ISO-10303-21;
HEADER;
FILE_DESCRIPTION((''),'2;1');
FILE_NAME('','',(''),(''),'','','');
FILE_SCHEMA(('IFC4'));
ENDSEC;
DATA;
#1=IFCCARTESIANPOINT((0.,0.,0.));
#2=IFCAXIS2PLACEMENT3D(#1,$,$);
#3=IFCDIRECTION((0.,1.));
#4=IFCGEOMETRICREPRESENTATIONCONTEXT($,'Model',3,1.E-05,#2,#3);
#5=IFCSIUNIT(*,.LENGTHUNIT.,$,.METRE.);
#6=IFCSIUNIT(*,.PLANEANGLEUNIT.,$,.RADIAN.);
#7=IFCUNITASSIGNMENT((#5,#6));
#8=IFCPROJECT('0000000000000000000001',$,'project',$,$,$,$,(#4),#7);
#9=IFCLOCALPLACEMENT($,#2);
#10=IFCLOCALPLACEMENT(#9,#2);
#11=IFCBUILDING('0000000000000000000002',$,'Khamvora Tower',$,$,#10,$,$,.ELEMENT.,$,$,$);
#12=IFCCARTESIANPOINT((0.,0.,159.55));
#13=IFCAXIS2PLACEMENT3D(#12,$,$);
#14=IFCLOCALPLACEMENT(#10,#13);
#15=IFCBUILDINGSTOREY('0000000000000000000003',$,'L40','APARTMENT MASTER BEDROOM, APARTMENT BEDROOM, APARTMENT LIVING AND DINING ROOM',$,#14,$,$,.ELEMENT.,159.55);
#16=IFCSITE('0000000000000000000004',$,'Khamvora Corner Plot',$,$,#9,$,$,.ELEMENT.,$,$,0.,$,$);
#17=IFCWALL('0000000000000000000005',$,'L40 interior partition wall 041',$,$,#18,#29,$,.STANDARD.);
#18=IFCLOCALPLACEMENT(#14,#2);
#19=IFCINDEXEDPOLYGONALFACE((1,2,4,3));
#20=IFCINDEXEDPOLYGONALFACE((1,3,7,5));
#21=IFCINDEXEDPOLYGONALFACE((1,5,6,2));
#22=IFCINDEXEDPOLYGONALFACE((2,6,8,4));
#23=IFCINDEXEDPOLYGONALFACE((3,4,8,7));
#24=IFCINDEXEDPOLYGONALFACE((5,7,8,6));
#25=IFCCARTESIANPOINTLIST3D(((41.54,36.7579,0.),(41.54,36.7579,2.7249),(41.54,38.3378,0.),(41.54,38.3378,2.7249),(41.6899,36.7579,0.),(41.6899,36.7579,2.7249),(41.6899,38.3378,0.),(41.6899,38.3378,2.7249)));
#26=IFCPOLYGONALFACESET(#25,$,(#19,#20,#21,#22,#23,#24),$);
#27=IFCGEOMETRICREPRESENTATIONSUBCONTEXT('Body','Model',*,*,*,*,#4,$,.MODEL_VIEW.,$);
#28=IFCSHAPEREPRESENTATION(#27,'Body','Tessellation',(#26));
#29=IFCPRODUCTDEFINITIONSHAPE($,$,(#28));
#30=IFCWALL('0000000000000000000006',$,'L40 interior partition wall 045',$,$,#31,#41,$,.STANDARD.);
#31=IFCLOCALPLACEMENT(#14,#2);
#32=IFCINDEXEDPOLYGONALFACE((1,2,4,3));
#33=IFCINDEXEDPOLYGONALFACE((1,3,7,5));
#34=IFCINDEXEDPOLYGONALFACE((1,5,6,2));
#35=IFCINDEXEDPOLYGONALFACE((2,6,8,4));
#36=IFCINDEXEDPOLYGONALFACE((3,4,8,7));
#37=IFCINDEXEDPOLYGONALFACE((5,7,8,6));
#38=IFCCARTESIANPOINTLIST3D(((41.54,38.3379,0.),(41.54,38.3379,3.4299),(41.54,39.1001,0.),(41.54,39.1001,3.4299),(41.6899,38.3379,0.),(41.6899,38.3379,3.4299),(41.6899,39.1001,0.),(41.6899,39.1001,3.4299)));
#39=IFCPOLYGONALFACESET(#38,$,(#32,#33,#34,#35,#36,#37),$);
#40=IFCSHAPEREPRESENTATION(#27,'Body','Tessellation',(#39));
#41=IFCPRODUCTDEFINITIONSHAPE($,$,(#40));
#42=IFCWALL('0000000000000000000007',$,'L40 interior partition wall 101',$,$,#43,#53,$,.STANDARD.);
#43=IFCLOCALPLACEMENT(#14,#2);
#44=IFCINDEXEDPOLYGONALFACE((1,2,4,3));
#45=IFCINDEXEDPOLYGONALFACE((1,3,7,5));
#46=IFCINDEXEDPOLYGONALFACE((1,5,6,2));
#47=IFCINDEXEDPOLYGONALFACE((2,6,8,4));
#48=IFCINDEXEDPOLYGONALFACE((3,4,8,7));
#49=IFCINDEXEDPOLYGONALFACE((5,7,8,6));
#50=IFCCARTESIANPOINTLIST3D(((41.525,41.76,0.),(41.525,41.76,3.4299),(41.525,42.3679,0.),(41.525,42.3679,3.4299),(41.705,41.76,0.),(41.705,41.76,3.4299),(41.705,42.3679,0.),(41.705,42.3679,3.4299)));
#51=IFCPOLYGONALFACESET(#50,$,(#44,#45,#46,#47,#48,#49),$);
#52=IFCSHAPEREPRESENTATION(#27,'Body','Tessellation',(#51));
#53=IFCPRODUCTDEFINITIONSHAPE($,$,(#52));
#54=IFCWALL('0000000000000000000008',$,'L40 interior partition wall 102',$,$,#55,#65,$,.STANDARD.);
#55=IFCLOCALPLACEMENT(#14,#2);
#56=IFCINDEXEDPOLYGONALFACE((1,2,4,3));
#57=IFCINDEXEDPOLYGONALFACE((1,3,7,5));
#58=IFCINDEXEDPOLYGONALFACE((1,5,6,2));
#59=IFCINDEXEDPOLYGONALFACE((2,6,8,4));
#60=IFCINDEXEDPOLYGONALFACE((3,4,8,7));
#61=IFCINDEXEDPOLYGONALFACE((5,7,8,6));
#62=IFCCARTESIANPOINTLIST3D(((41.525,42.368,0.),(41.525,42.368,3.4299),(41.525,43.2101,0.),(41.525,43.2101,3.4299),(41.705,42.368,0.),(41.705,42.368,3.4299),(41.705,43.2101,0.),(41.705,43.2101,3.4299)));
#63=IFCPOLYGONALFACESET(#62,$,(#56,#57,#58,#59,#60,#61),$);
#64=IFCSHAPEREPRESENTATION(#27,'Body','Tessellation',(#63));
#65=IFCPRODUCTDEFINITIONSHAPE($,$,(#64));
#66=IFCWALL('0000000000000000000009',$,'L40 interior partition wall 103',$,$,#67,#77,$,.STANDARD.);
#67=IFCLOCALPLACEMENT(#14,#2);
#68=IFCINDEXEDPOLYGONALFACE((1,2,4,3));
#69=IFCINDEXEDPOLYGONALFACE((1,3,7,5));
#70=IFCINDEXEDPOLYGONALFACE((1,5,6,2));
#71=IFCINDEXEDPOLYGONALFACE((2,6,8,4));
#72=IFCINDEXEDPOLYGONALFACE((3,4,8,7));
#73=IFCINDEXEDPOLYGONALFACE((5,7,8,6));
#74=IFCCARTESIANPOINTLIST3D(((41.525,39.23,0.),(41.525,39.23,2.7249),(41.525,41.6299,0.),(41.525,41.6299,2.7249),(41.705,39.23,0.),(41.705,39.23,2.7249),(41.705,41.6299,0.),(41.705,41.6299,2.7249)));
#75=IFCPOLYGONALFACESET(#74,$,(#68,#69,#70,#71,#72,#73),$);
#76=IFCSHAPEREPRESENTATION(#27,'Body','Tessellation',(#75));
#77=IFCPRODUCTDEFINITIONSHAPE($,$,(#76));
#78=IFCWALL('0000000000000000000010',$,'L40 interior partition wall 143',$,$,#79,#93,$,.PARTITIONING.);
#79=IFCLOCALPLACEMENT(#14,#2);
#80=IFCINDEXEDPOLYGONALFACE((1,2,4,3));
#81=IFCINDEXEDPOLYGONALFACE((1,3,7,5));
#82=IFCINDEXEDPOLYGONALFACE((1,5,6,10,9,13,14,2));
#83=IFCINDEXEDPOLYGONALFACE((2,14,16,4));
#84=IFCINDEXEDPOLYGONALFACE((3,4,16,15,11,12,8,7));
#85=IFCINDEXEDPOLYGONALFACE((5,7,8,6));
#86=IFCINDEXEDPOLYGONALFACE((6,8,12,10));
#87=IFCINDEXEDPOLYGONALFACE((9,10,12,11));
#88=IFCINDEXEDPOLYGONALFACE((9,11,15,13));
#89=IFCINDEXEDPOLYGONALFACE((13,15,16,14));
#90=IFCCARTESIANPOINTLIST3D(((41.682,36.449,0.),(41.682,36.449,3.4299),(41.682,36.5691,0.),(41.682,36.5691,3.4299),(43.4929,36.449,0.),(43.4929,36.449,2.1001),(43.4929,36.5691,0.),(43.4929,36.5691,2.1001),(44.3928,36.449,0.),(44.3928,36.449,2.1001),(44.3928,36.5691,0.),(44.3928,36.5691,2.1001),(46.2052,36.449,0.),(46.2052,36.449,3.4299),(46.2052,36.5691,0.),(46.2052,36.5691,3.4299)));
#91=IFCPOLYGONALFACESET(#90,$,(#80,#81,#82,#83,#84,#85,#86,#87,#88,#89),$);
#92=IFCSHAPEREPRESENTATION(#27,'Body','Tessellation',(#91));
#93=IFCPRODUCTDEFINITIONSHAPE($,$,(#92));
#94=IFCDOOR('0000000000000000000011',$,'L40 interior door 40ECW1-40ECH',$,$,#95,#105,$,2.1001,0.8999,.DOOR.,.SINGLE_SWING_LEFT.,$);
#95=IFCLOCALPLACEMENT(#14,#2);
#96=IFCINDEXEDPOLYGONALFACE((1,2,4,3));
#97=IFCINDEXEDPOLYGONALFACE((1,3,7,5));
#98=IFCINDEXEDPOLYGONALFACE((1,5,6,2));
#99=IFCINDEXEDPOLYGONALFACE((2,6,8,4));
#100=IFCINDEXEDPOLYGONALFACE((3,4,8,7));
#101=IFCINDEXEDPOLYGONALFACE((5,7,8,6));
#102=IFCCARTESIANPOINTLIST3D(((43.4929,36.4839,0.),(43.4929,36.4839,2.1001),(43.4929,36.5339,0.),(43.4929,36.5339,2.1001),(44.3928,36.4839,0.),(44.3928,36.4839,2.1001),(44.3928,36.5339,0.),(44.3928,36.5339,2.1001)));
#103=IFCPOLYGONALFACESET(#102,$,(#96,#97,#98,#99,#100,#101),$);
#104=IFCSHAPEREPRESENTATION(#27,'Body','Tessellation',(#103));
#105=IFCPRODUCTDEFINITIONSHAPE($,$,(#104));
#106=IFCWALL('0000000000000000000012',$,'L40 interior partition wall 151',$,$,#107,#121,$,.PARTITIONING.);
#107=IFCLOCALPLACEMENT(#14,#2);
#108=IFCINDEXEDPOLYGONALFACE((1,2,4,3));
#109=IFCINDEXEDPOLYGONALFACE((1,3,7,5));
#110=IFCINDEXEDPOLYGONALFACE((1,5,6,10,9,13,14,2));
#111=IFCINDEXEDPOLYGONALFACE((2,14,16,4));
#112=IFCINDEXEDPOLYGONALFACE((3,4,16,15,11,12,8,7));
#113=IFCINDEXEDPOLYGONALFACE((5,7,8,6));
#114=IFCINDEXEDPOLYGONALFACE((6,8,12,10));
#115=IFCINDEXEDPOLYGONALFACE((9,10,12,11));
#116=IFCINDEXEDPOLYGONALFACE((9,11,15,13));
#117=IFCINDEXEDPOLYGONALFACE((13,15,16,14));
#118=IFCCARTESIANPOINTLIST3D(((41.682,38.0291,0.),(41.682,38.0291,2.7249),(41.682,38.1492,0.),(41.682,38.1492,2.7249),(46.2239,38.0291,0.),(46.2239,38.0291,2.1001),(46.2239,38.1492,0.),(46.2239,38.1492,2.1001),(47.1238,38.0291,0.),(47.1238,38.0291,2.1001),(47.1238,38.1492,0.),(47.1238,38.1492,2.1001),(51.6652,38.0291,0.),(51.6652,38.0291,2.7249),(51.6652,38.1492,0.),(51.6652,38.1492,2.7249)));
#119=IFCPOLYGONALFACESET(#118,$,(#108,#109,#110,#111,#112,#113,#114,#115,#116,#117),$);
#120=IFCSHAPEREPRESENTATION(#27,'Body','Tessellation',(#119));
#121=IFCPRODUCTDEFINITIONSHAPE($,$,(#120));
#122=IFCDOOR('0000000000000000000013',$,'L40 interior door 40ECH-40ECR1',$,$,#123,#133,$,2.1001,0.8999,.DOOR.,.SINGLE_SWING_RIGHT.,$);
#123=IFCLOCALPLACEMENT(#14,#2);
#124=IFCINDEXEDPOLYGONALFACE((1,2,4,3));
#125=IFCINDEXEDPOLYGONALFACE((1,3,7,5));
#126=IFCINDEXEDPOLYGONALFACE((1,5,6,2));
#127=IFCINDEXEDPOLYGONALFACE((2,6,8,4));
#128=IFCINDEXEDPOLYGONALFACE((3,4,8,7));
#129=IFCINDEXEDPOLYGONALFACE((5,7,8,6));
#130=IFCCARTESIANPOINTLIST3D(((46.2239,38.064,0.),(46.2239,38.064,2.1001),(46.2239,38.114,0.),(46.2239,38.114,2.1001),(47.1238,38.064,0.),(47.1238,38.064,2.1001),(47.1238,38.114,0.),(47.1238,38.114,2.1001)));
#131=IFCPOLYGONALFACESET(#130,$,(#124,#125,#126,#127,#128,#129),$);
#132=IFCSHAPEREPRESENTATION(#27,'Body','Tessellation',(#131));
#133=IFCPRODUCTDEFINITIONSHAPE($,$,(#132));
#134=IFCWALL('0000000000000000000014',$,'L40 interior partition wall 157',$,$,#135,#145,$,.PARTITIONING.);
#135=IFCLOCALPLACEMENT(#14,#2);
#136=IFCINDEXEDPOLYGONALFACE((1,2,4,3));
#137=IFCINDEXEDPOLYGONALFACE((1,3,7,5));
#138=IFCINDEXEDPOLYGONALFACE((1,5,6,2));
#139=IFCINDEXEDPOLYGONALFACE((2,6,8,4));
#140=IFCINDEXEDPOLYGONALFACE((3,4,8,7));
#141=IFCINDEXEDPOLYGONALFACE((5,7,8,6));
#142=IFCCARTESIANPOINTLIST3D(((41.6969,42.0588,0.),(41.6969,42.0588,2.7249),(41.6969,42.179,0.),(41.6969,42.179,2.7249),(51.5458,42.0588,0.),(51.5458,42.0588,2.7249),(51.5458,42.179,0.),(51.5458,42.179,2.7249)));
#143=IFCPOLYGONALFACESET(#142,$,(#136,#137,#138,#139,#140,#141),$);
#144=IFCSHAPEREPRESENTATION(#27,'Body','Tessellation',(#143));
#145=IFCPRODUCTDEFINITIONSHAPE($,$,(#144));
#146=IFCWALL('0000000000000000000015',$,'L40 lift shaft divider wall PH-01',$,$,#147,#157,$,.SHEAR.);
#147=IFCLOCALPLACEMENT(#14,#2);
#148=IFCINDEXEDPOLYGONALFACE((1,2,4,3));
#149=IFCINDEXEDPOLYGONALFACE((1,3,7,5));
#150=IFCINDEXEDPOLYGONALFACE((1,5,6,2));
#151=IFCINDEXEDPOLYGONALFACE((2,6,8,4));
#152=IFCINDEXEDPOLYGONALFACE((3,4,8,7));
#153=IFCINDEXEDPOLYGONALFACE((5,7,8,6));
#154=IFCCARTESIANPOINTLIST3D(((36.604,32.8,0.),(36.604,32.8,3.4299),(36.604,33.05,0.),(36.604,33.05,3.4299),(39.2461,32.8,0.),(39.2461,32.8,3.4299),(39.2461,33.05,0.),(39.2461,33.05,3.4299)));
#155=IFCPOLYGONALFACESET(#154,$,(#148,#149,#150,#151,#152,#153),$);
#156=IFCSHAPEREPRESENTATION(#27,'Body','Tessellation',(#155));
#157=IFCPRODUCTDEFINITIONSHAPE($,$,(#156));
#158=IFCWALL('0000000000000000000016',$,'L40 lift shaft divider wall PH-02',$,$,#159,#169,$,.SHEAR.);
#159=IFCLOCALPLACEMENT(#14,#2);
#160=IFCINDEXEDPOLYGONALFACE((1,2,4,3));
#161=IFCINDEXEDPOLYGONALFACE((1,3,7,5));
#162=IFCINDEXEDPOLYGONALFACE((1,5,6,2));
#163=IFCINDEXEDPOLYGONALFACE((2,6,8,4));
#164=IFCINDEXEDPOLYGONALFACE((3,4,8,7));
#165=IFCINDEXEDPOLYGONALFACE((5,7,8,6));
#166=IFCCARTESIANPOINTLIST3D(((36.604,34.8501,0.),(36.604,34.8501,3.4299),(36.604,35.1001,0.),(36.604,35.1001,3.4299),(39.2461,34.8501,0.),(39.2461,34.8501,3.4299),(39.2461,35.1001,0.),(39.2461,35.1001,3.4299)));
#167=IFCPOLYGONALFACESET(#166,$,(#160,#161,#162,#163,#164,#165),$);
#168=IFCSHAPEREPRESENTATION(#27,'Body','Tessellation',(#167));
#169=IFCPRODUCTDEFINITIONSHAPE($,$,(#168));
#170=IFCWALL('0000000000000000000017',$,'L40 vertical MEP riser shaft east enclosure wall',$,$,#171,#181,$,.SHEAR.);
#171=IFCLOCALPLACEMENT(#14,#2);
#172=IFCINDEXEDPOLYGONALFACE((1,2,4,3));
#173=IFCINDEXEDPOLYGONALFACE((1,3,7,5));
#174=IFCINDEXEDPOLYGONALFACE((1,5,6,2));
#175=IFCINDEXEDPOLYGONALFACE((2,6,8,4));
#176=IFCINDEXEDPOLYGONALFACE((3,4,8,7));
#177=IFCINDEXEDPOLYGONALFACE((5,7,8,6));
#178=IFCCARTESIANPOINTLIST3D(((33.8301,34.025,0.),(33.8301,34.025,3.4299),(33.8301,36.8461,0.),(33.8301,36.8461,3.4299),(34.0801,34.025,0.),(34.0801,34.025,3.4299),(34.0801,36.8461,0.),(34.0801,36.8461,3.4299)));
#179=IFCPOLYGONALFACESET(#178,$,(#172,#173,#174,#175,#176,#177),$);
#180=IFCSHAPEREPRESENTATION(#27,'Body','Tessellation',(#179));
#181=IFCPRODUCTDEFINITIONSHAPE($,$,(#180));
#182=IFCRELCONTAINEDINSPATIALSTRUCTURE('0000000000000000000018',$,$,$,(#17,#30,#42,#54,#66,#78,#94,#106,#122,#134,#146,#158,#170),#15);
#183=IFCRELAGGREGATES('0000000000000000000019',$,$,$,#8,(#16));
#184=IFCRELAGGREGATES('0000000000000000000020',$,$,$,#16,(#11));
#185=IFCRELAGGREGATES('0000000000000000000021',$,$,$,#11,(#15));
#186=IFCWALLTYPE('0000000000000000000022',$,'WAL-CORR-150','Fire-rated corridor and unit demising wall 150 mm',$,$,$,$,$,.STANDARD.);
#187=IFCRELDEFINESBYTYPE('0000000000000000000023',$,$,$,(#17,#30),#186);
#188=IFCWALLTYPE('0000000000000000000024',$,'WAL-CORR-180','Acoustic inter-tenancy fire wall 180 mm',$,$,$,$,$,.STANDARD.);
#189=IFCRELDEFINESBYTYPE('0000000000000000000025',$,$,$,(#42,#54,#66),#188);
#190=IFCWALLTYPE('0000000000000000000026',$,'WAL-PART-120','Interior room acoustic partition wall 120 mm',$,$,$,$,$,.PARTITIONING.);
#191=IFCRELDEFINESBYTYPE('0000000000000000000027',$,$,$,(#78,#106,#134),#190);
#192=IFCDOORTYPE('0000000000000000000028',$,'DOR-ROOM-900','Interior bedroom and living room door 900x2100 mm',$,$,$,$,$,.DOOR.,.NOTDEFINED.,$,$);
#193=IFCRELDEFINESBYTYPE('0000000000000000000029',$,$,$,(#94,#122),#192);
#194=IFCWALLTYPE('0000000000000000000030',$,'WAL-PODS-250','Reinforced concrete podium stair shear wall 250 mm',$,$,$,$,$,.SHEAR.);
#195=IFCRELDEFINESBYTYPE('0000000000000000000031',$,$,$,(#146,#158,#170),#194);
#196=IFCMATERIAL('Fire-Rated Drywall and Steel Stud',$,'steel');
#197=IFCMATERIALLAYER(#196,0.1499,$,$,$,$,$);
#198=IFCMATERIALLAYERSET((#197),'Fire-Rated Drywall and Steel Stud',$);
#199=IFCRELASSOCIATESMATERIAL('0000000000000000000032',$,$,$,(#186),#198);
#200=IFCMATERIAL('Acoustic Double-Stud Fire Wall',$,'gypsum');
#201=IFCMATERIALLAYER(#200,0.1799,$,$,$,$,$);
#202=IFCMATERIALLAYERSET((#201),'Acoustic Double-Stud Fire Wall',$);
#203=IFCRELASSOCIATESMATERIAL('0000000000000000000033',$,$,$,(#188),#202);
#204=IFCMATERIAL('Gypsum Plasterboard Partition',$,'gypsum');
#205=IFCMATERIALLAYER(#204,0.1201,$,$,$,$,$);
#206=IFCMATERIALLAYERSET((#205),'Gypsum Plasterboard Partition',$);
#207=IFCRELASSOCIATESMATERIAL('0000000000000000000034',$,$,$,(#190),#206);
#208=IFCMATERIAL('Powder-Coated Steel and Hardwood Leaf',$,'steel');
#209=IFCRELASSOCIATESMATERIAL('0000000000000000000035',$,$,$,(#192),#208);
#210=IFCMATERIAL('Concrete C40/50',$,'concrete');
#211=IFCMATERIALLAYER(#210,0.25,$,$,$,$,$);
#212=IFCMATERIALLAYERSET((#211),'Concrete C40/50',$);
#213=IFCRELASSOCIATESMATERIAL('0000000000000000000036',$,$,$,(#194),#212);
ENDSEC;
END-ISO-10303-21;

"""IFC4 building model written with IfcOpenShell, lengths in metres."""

from ifc_helpers import new_model, si_unit, direction, frame, frame_2d, origin, place, context, subcontext, project, spatial, rectangle, extrude, material, layer, layer_set, type_object, element, fill, save


model = new_model("IFC4")

# Units and contexts
model_context = context("Model", 3, precision=1e-05, world=origin(), true_north=direction((0.0, 1.0)))
body_context = subcontext(model_context, "Body", "Model", "MODEL_VIEW")
ifc_project = project(units=[si_unit("LENGTHUNIT", "METRE"), si_unit("PLANEANGLEUNIT", "RADIAN")], contexts=[model_context])

# Site, building, storey
site_placement = place(None, origin())
site = spatial("IfcSite", under=ifc_project, at=site_placement, Name="Khamvora Corner Plot", CompositionType="ELEMENT", RefElevation=0.0)
building_placement = place(site_placement, origin())
building = spatial("IfcBuilding", under=site, at=building_placement, Name="Khamvora Tower", CompositionType="ELEMENT")
storey_placement = place(building_placement, frame((0.0, 0.0, 159.55)))
storey = spatial("IfcBuildingStorey", under=building, at=storey_placement, Name="L40", Description="APARTMENT MASTER BEDROOM, APARTMENT BEDROOM, APARTMENT LIVING AND DINING ROOM", CompositionType="ELEMENT", Elevation=159.55)

# Walls
ifc_material_1 = material(Name="Fire-Rated Drywall and Steel Stud", Category="steel")
ifc_layer_1 = layer(ifc_material_1, 0.1499)
ifc_layer_set_1 = layer_set([ifc_layer_1], Name="Fire-Rated Drywall and Steel Stud")
wall_type_1 = type_object("IfcWallType", Name="WAL-CORR-150", Description="Fire-rated corridor and unit demising wall 150 mm", PredefinedType="STANDARD", material=ifc_layer_set_1)
wall_1_placement = place(storey_placement, frame((41.615, 38.3379, 0.0), z_axis=(0.0, 0.0, 1.0), x_axis=(0.0, -1.0, 0.0)))
element("IfcWall", 1, at=wall_1_placement, inside=storey, type_object=wall_type_1, Name="L40 interior partition wall 041", PredefinedType="STANDARD", context=body_context, shape_type="SweptSolid", body=[
    extrude(rectangle(XDim=1.5798, YDim=0.1499, at=frame_2d((0.79, 0.0))), origin(), (0.0, 0.0, 1.0), 2.7249),
])
wall_2_placement = place(storey_placement, frame((41.615, 39.1001, 0.0), z_axis=(0.0, 0.0, 1.0), x_axis=(0.0, -1.0, 0.0)))
element("IfcWall", 2, at=wall_2_placement, inside=storey, type_object=wall_type_1, Name="L40 interior partition wall 045", PredefinedType="STANDARD", context=body_context, shape_type="SweptSolid", body=[
    extrude(rectangle(XDim=0.7622, YDim=0.1499, at=frame_2d((0.3811, 0.0))), origin(), (0.0, 0.0, 1.0), 3.4299),
])
ifc_material_2 = material(Name="Acoustic Double-Stud Fire Wall", Category="gypsum")
ifc_layer_2 = layer(ifc_material_2, 0.1799)
ifc_layer_set_2 = layer_set([ifc_layer_2], Name="Acoustic Double-Stud Fire Wall")
wall_type_2 = type_object("IfcWallType", Name="WAL-CORR-180", Description="Acoustic inter-tenancy fire wall 180 mm", PredefinedType="STANDARD", material=ifc_layer_set_2)
wall_3_placement = place(storey_placement, frame((41.615, 42.3679, 0.0), z_axis=(0.0, 0.0, 1.0), x_axis=(0.0, -1.0, 0.0)))
element("IfcWall", 3, at=wall_3_placement, inside=storey, type_object=wall_type_2, Name="L40 interior partition wall 101", PredefinedType="STANDARD", context=body_context, shape_type="SweptSolid", body=[
    extrude(rectangle(XDim=0.6079, YDim=0.1799, at=frame_2d((0.304, 0.0))), origin(), (0.0, 0.0, 1.0), 3.4299),
])
wall_4_placement = place(storey_placement, frame((41.615, 43.21, 0.0), z_axis=(0.0, 0.0, 1.0), x_axis=(0.0, -1.0, 0.0)))
element("IfcWall", 4, at=wall_4_placement, inside=storey, type_object=wall_type_2, Name="L40 interior partition wall 102", PredefinedType="STANDARD", context=body_context, shape_type="SweptSolid", body=[
    extrude(rectangle(XDim=0.842, YDim=0.1799, at=frame_2d((0.4209, 0.0))), origin(), (0.0, 0.0, 1.0), 3.4299),
])
wall_5_placement = place(storey_placement, frame((41.615, 41.6299, 0.0), z_axis=(0.0, 0.0, 1.0), x_axis=(0.0, -1.0, 0.0)))
element("IfcWall", 5, at=wall_5_placement, inside=storey, type_object=wall_type_2, Name="L40 interior partition wall 103", PredefinedType="STANDARD", context=body_context, shape_type="SweptSolid", body=[
    extrude(rectangle(XDim=2.3999, YDim=0.1799, at=frame_2d((1.2, 0.0))), origin(), (0.0, 0.0, 1.0), 2.7249),
])

# Walls, openings, doors
ifc_material_3 = material(Name="Gypsum Plasterboard Partition", Category="gypsum")
ifc_layer_3 = layer(ifc_material_3, 0.1201)
ifc_layer_set_3 = layer_set([ifc_layer_3], Name="Gypsum Plasterboard Partition")
wall_type_3 = type_object("IfcWallType", Name="WAL-PART-120", Description="Interior room acoustic partition wall 120 mm", PredefinedType="PARTITIONING", material=ifc_layer_set_3)
wall_6_placement = place(storey_placement, frame((41.6819, 36.509, 0.0), z_axis=(0.0, 0.0, 1.0), x_axis=(1.0, 0.0, 0.0)))
wall_6 = element("IfcWall", 6, at=wall_6_placement, inside=storey, type_object=wall_type_3, Name="L40 interior partition wall 143", PredefinedType="PARTITIONING", context=body_context, shape_type="SweptSolid", body=[
    extrude(rectangle(XDim=4.5232, YDim=0.1201, at=frame_2d((2.2617, 0.0))), origin(), (0.0, 0.0, 1.0), 3.4299),
])
opening_1_placement = place(wall_6_placement, frame((1.811, 0.0, 0.0)))
opening_1 = element("IfcOpeningElement", 7, at=opening_1_placement, cuts=wall_6, PredefinedType="OPENING", context=body_context, shape_type="SweptSolid", body=[
    extrude(rectangle(XDim=0.8999, YDim=2.1001, at=frame_2d((0.45, 1.05))), frame((0.0, 0.0701, 0.0), z_axis=(0.0, -1.0, 0.0), x_axis=(1.0, 0.0, 0.0)), (0.0, 0.0, 1.0), 0.1401),
])
ifc_material_4 = material(Name="Powder-Coated Steel and Hardwood Leaf", Category="steel")
door_type_1 = type_object("IfcDoorType", Name="DOR-ROOM-900", Description="Interior bedroom and living room door 900x2100 mm", OperationType="NOTDEFINED", PredefinedType="DOOR", material=ifc_material_4)
door_1_placement = place(opening_1_placement, origin())
door_1 = element("IfcDoor", 8, at=door_1_placement, inside=storey, type_object=door_type_1, Name="L40 interior door 40ECW1-40ECH", OperationType="SINGLE_SWING_LEFT", OverallHeight=2.1001, OverallWidth=0.8999, PredefinedType="DOOR", context=body_context, shape_type="SweptSolid", body=[
    extrude(rectangle(XDim=0.8999, YDim=2.1001, at=frame_2d((0.45, 1.05))), frame((0.0, 0.0249, 0.0), z_axis=(0.0, -1.0, 0.0), x_axis=(1.0, 0.0, 0.0)), (0.0, 0.0, 1.0), 0.05),
])
fill(opening_1, door_1)
wall_7_placement = place(storey_placement, frame((41.6819, 38.0891, 0.0), z_axis=(0.0, 0.0, 1.0), x_axis=(1.0, 0.0, 0.0)))
wall_7 = element("IfcWall", 9, at=wall_7_placement, inside=storey, type_object=wall_type_3, Name="L40 interior partition wall 151", PredefinedType="PARTITIONING", context=body_context, shape_type="SweptSolid", body=[
    extrude(rectangle(XDim=9.9832, YDim=0.1201, at=frame_2d((4.9917, 0.0))), origin(), (0.0, 0.0, 1.0), 2.7249),
])
opening_2_placement = place(wall_7_placement, frame((4.542, 0.0, 0.0)))
opening_2 = element("IfcOpeningElement", 10, at=opening_2_placement, cuts=wall_7, PredefinedType="OPENING", context=body_context, shape_type="SweptSolid", body=[
    extrude(rectangle(XDim=0.8999, YDim=2.1001, at=frame_2d((0.45, 1.05))), frame((0.0, 0.0701, 0.0), z_axis=(0.0, -1.0, 0.0), x_axis=(1.0, 0.0, 0.0)), (0.0, 0.0, 1.0), 0.1401),
])
door_2_placement = place(opening_2_placement, origin())
door_2 = element("IfcDoor", 11, at=door_2_placement, inside=storey, type_object=door_type_1, Name="L40 interior door 40ECH-40ECR1", OperationType="SINGLE_SWING_RIGHT", OverallHeight=2.1001, OverallWidth=0.8999, PredefinedType="DOOR", context=body_context, shape_type="SweptSolid", body=[
    extrude(rectangle(XDim=0.8999, YDim=2.1001, at=frame_2d((0.45, 1.05))), frame((0.0, 0.0249, 0.0), z_axis=(0.0, -1.0, 0.0), x_axis=(1.0, 0.0, 0.0)), (0.0, 0.0, 1.0), 0.05),
])
fill(opening_2, door_2)

# Walls
wall_8_placement = place(storey_placement, frame((41.697, 42.1189, 0.0), z_axis=(0.0, 0.0, 1.0), x_axis=(1.0, 0.0, 0.0)))
element("IfcWall", 12, at=wall_8_placement, inside=storey, type_object=wall_type_3, Name="L40 interior partition wall 157", PredefinedType="PARTITIONING", context=body_context, shape_type="SweptSolid", body=[
    extrude(rectangle(XDim=9.8489, YDim=0.1201, at=frame_2d((4.9243, 0.0))), origin(), (0.0, 0.0, 1.0), 2.7249),
])
ifc_material_5 = material(Name="Concrete C40/50", Category="concrete")
ifc_layer_4 = layer(ifc_material_5, 0.25)
ifc_layer_set_4 = layer_set([ifc_layer_4], Name="Concrete C40/50")
wall_type_4 = type_object("IfcWallType", Name="WAL-PODS-250", Description="Reinforced concrete podium stair shear wall 250 mm", PredefinedType="SHEAR", material=ifc_layer_set_4)
for number, where, z_axis, x_axis, name in (
    (13, (36.604, 32.925, 0.0), (0.0, 0.0, 1.0), (1.0, 0.0, 0.0), "L40 lift shaft divider wall PH-01"),
    (14, (36.604, 34.9751, 0.0), (0.0, 0.0, 1.0), (1.0, 0.0, 0.0), "L40 lift shaft divider wall PH-02"),
):
    element("IfcWall", number, at=place(storey_placement, frame(where, z_axis=z_axis, x_axis=x_axis)), inside=storey, type_object=wall_type_4, Name=name, PredefinedType="SHEAR", context=body_context, shape_type="SweptSolid", body=[
        extrude(rectangle(XDim=2.6421, YDim=0.25, at=frame_2d((1.321, 0.0))), origin(), (0.0, 0.0, 1.0), 3.4299),
    ])
wall_9_placement = place(storey_placement, frame((33.9551, 34.0249, 0.0), z_axis=(0.0, 0.0, 1.0), x_axis=(0.0, 1.0, 0.0)))
element("IfcWall", 15, at=wall_9_placement, inside=storey, type_object=wall_type_4, Name="L40 vertical MEP riser shaft east enclosure wall", PredefinedType="SHEAR", context=body_context, shape_type="SweptSolid", body=[
    extrude(rectangle(XDim=2.821, YDim=0.25, at=frame_2d((1.4106, 0.0))), origin(), (0.0, 0.0, 1.0), 3.4299),
])

save(model, "model.ifc")
